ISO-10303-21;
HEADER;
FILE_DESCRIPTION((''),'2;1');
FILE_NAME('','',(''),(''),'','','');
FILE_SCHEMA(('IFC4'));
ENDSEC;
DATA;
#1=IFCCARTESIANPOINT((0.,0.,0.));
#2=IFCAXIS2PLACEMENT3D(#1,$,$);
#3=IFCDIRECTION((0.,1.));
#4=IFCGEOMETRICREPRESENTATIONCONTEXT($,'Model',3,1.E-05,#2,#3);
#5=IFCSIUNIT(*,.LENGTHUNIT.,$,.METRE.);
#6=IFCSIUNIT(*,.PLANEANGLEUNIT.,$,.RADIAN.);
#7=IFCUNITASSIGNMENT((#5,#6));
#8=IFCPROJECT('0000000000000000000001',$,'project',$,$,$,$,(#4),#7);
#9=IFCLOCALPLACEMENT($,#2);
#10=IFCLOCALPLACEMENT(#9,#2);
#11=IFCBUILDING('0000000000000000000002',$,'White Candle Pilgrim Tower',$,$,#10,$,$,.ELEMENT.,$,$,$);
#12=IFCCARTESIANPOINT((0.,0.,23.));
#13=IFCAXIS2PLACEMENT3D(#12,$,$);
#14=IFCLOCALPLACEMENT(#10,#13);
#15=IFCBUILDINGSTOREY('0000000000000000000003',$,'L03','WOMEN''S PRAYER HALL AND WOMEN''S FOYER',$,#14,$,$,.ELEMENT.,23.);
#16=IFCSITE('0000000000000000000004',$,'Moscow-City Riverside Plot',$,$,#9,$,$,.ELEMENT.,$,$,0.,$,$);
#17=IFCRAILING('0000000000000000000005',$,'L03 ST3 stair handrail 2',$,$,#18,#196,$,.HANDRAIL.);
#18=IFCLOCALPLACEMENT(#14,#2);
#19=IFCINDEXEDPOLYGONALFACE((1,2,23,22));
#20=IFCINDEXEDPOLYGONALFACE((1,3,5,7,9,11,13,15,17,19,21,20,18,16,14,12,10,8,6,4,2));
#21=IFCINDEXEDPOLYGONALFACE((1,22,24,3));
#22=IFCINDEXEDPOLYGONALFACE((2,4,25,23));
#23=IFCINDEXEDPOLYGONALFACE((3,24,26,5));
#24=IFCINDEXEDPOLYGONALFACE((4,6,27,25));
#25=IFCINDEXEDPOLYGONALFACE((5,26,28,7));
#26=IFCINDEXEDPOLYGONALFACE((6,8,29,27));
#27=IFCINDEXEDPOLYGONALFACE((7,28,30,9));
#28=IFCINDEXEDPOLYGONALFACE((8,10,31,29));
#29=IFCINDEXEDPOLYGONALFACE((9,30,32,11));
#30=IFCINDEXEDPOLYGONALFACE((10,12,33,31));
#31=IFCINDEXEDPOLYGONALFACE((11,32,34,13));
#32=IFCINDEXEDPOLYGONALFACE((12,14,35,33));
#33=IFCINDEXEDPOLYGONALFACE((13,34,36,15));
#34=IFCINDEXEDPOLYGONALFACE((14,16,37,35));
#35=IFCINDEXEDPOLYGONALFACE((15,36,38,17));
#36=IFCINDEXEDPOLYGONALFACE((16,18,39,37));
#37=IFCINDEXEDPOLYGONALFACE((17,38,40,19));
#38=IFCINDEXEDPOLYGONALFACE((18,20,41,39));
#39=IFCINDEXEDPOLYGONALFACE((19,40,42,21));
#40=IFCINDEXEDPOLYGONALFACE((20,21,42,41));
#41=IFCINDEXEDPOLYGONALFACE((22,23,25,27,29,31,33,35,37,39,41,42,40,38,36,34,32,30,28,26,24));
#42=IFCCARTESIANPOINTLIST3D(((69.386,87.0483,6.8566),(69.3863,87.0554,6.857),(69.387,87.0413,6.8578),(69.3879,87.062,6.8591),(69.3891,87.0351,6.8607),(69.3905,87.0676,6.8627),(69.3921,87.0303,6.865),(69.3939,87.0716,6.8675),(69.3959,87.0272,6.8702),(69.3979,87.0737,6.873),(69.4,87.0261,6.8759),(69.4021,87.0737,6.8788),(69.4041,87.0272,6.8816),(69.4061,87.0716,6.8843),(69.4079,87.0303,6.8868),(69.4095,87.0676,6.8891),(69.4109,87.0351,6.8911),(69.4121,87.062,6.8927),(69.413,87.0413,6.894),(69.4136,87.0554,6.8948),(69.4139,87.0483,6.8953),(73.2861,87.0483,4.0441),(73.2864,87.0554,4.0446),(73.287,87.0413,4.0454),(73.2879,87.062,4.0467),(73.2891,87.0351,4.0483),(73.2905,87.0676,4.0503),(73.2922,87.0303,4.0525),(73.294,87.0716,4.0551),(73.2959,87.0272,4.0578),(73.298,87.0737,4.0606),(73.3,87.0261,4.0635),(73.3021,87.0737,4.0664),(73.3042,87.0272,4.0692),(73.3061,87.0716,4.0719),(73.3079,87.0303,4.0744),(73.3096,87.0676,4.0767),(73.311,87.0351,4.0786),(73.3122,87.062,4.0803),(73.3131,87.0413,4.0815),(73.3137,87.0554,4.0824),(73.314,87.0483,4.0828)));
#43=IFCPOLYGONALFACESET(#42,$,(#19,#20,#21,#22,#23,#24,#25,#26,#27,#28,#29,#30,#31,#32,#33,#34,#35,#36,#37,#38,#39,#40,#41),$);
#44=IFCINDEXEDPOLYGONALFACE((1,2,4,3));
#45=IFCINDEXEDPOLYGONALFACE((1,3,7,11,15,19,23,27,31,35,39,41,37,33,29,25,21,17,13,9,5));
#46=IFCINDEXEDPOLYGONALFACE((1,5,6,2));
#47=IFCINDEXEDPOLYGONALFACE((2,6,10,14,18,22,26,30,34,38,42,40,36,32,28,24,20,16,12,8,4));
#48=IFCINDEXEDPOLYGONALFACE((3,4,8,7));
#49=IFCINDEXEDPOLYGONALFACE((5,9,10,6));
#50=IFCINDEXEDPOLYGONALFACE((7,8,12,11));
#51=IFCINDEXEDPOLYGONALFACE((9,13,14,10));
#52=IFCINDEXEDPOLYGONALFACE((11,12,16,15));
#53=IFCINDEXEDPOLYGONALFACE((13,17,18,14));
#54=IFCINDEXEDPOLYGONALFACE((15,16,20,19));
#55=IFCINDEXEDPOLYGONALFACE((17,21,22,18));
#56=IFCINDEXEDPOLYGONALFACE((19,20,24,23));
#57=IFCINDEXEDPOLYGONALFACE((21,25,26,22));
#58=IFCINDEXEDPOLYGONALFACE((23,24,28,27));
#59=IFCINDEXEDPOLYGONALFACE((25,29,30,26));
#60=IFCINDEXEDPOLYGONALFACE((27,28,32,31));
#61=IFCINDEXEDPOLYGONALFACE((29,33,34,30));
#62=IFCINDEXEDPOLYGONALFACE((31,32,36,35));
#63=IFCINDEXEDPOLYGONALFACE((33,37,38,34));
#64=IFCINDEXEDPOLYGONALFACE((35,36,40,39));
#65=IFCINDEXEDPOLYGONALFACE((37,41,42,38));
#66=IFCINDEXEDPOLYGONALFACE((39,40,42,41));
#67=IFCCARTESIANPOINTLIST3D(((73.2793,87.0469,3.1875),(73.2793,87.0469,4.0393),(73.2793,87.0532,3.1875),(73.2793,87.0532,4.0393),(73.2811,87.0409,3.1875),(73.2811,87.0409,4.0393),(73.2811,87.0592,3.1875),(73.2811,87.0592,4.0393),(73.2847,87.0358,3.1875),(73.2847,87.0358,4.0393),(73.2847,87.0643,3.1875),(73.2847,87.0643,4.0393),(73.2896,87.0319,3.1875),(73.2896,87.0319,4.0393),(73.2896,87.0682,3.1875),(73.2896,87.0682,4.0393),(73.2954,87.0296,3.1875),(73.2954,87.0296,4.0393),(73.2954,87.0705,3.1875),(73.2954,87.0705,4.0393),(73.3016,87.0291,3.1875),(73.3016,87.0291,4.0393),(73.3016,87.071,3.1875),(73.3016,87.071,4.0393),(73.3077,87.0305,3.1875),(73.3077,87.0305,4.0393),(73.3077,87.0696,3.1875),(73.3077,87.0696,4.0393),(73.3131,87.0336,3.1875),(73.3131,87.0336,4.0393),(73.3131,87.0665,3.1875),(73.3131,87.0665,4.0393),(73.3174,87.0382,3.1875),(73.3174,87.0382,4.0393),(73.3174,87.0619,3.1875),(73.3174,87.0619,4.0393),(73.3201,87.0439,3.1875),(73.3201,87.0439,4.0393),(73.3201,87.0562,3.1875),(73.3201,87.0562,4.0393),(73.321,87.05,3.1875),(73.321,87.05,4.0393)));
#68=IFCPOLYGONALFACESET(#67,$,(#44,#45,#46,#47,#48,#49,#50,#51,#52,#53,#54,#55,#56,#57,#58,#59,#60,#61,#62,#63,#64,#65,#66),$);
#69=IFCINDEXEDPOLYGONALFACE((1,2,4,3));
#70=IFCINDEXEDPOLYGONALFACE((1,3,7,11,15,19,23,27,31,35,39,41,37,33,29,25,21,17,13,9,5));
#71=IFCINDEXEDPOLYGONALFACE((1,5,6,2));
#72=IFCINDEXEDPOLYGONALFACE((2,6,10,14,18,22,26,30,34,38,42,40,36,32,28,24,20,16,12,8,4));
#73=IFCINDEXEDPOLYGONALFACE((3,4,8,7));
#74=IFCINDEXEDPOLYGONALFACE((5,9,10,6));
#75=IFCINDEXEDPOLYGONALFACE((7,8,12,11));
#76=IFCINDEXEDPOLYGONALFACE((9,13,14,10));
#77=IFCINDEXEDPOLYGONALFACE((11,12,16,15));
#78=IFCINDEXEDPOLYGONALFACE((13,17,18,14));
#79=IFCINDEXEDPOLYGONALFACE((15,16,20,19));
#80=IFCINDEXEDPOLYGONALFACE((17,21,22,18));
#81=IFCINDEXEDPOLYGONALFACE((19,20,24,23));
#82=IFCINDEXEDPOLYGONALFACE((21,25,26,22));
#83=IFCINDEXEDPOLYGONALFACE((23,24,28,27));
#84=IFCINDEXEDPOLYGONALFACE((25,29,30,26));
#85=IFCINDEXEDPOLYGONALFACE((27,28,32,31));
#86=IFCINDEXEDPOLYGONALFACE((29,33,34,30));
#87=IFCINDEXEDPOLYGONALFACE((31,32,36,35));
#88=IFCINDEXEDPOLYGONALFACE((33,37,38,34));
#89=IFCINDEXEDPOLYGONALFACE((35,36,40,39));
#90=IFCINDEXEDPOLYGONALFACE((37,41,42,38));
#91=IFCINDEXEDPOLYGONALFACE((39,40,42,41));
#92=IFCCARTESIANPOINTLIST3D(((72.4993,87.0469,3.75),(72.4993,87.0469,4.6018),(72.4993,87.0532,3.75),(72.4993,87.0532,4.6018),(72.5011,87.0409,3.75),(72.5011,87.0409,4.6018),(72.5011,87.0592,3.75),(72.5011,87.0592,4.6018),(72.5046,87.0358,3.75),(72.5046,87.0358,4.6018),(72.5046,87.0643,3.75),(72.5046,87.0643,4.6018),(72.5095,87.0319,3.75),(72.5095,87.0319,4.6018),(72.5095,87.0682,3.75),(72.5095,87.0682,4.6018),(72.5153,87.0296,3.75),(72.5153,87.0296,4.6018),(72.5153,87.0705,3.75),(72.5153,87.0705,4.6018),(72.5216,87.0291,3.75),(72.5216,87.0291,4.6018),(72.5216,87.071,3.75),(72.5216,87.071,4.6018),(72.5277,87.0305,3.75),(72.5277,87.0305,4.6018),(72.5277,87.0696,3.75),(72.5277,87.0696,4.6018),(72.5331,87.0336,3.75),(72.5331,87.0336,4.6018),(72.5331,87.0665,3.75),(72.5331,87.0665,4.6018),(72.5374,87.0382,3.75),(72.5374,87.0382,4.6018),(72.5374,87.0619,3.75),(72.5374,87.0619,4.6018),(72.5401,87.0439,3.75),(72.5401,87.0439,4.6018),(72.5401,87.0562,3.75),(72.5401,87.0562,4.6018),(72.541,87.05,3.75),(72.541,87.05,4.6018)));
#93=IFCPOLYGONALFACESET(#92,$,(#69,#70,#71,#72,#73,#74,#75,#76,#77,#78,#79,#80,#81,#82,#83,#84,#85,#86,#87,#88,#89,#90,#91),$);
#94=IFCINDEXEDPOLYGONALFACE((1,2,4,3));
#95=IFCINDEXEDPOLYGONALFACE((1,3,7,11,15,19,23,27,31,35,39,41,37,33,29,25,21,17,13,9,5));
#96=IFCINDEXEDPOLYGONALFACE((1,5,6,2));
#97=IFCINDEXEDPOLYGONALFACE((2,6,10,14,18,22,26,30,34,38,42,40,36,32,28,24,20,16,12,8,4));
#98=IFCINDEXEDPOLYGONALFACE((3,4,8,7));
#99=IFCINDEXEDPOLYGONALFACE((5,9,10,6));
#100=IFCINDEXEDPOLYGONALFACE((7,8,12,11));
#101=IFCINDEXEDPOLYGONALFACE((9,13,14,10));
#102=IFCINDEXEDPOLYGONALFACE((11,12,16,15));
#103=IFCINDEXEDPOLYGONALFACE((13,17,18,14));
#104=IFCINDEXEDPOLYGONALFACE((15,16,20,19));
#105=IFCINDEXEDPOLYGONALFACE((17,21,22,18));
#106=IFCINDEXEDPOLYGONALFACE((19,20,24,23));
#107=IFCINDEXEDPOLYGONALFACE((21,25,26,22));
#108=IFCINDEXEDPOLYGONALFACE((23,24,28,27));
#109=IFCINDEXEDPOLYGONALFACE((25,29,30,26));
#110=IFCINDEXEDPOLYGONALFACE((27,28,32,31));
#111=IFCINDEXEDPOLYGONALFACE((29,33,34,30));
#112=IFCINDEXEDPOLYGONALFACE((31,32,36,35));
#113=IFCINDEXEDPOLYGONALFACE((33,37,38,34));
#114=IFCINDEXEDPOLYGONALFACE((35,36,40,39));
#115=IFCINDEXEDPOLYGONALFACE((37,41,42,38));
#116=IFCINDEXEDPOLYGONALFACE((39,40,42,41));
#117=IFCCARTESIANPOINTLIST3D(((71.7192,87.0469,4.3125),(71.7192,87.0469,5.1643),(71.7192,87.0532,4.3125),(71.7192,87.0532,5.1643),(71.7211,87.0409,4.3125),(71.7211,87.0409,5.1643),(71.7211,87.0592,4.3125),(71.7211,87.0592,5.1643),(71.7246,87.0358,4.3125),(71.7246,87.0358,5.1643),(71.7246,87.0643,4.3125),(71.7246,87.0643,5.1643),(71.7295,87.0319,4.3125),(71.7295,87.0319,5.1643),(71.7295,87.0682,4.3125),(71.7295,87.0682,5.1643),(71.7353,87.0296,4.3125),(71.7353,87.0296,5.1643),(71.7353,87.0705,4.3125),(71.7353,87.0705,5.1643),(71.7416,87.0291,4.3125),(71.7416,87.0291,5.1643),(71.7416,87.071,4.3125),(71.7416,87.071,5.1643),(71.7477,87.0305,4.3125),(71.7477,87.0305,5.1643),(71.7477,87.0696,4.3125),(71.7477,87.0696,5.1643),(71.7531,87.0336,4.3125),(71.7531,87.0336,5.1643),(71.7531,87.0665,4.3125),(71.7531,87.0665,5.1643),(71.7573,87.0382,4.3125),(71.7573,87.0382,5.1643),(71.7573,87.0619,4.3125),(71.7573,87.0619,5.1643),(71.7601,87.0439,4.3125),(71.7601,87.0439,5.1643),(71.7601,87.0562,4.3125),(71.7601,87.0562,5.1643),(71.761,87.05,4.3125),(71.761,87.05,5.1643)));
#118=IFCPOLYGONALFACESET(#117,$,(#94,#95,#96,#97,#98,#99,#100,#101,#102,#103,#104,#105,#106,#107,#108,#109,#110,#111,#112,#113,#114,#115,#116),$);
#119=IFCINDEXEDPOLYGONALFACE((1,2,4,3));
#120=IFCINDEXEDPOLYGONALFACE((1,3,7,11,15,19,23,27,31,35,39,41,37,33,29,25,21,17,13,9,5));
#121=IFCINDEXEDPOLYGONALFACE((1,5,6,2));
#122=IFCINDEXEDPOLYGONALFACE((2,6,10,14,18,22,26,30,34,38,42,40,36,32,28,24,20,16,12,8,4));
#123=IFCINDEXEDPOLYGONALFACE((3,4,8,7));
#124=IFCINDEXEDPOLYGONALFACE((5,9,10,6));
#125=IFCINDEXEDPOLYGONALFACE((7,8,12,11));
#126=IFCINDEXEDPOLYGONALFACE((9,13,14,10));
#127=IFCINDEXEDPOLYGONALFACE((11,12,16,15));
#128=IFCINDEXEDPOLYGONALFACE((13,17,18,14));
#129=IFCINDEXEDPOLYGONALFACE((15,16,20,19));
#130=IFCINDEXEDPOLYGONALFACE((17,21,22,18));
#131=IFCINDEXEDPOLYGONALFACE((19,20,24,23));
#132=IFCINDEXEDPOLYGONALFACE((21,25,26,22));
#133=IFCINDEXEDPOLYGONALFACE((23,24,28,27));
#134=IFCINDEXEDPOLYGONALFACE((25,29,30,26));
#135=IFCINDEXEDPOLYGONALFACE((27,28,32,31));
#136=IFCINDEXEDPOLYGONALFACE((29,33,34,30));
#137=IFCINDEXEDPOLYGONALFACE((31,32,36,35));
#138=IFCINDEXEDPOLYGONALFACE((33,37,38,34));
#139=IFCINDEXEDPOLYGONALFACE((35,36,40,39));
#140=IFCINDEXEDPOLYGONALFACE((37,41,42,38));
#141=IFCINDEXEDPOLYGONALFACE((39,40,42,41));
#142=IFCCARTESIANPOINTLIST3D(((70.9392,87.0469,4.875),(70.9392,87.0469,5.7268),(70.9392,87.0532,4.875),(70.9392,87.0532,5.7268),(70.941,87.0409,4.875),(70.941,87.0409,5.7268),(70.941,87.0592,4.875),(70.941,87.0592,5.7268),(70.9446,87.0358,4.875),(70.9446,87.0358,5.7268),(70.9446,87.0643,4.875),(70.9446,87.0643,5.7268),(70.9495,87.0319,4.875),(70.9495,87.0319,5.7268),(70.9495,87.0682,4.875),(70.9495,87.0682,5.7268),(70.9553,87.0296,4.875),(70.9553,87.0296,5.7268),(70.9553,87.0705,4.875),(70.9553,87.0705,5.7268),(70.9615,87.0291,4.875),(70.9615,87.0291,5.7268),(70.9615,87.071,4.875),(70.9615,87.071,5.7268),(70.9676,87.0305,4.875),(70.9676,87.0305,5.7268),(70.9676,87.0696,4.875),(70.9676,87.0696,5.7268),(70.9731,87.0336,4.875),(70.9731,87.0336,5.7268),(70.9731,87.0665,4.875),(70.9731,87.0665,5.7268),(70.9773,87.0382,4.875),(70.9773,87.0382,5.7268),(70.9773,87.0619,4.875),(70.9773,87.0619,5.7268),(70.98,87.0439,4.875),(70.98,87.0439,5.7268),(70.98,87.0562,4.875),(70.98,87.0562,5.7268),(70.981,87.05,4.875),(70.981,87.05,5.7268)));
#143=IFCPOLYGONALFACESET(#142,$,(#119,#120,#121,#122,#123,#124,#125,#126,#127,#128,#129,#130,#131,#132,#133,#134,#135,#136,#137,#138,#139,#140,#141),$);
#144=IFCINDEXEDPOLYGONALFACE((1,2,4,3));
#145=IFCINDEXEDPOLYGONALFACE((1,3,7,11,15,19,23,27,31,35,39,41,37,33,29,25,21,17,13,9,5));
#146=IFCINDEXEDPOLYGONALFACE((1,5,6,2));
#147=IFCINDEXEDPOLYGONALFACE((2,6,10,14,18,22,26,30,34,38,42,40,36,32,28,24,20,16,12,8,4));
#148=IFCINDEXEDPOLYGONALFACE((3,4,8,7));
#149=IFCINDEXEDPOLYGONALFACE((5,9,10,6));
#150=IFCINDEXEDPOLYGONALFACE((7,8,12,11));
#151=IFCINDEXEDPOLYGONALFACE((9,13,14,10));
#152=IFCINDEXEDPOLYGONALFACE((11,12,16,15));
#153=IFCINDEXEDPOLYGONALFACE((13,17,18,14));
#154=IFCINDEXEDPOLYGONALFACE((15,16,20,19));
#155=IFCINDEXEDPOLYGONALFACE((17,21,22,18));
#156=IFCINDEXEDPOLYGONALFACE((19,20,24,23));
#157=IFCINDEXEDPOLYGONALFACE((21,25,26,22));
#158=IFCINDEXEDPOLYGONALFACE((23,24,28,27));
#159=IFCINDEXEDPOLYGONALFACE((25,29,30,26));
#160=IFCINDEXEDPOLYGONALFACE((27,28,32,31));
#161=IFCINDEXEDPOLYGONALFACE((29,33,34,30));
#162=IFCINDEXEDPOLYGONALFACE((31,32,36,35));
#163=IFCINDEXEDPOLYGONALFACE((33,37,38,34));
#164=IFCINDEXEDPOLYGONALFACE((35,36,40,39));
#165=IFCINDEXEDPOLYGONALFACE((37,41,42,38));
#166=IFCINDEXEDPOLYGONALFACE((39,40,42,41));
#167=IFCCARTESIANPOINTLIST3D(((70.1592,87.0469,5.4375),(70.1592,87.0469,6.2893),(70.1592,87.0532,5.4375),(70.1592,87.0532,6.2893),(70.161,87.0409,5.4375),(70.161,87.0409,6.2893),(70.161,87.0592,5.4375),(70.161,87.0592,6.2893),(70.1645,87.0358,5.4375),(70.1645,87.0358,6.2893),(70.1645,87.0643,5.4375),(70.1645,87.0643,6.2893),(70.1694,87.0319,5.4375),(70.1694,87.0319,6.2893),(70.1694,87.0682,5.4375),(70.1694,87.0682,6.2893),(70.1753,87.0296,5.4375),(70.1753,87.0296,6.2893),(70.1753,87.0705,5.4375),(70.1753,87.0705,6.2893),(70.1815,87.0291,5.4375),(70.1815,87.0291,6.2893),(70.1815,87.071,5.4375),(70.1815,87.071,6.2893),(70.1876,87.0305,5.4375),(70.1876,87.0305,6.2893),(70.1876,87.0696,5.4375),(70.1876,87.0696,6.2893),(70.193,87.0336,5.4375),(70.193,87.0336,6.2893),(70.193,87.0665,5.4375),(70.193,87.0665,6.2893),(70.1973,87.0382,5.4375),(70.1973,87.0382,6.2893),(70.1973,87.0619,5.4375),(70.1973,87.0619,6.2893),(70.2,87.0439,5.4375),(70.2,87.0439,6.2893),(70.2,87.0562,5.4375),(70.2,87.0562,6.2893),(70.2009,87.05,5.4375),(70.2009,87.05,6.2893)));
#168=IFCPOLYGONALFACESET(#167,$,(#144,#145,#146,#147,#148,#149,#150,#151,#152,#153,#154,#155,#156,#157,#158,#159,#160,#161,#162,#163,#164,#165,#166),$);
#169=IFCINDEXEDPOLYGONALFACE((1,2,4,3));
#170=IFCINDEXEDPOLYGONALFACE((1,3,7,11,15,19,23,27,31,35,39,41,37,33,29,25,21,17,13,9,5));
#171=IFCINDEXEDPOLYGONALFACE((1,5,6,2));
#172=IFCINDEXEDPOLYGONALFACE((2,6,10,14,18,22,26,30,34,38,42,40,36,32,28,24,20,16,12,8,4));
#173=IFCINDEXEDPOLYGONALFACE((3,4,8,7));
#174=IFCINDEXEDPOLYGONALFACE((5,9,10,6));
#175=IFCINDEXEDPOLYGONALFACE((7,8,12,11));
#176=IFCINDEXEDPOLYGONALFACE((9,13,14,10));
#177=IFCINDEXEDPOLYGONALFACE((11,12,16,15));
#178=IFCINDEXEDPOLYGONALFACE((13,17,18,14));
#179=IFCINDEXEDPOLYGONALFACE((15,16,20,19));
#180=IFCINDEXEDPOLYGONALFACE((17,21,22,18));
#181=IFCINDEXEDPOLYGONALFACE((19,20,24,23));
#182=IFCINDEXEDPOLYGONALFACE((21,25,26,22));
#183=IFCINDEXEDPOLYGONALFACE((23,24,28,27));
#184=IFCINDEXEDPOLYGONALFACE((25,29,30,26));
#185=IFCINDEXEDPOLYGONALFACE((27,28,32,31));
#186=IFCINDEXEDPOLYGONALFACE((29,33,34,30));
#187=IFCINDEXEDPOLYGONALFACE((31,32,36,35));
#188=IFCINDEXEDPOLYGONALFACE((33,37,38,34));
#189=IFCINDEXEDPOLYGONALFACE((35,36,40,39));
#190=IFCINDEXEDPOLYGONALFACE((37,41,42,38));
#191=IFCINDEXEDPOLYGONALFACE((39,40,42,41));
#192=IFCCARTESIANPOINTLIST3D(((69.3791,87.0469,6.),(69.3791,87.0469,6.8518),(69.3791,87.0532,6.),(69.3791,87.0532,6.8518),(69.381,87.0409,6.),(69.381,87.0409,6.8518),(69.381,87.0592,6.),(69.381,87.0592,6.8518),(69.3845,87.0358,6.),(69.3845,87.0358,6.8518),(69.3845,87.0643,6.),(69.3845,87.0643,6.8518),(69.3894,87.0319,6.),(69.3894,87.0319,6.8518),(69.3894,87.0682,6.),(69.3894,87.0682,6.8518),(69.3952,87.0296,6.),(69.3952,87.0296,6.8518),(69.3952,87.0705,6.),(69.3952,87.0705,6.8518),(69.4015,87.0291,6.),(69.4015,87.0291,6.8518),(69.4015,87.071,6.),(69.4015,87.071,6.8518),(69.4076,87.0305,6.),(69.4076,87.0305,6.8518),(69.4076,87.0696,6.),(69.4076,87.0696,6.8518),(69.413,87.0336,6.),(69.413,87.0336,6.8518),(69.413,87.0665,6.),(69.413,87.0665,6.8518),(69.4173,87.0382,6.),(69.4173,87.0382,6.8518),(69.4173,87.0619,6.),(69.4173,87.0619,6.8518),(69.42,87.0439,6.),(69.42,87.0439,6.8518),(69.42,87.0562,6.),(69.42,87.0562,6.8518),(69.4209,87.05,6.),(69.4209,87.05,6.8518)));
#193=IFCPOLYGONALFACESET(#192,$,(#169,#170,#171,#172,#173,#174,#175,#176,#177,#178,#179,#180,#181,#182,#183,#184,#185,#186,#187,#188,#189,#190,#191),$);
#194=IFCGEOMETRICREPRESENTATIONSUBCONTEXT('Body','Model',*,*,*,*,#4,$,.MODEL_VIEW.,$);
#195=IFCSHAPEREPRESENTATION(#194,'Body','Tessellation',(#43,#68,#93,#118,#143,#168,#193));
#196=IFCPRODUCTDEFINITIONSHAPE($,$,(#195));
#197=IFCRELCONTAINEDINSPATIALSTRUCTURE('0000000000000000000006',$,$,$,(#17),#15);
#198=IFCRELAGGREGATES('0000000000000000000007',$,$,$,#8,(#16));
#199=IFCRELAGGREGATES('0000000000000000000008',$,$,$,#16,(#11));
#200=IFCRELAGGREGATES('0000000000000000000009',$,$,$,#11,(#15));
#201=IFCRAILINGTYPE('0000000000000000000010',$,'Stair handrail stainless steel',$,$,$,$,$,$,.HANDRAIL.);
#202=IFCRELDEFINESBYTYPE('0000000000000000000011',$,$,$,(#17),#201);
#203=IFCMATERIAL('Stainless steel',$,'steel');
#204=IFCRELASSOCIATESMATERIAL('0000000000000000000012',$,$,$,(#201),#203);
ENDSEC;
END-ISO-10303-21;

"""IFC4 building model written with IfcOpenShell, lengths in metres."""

from ifc_helpers import new_model, si_unit, direction, frame, origin, origin_2d, place, context, subcontext, project, spatial, circle, extrude, material, type_object, element, save


model = new_model("IFC4")

# Units and contexts
model_context = context("Model", 3, precision=1e-05, world=origin(), true_north=direction((0.0, 1.0)))
body_context = subcontext(model_context, "Body", "Model", "MODEL_VIEW")
ifc_project = project(units=[si_unit("LENGTHUNIT", "METRE"), si_unit("PLANEANGLEUNIT", "RADIAN")], contexts=[model_context])

# Site, building, storey
site_placement = place(None, origin())
site = spatial("IfcSite", under=ifc_project, at=site_placement, Name="Moscow-City Riverside Plot", CompositionType="ELEMENT", RefElevation=0.0)
building_placement = place(site_placement, origin())
building = spatial("IfcBuilding", under=site, at=building_placement, Name="White Candle Pilgrim Tower", CompositionType="ELEMENT")
storey_placement = place(building_placement, frame((0.0, 0.0, 23.0)))
storey = spatial("IfcBuildingStorey", under=building, at=storey_placement, Name="L03", Description="WOMEN'S PRAYER HALL AND WOMEN'S FOYER", CompositionType="ELEMENT", Elevation=23.0)

# Railing
ifc_material_1 = material(Name="Stainless steel", Category="steel")
railing_type_1 = type_object("IfcRailingType", Name="Stair handrail stainless steel", PredefinedType="HANDRAIL", material=ifc_material_1)
railing_1_placement = place(storey_placement, frame((73.3, 87.05, 3.1875)))
element("IfcRailing", 1, at=railing_1_placement, inside=storey, type_object=railing_type_1, Name="L03 ST3 stair handrail 2", PredefinedType="HANDRAIL", context=body_context, shape_type="SweptSolid", body=[
    extrude(circle(Radius=0.0239, at=origin_2d()), frame((0.0, 0.0, 0.876), z_axis=(-0.811101, 0.0, 0.584906), x_axis=(0.0, -1.0, 0.0)), (0.0, 0.0, 1.0), 4.8083),
    extrude(circle(Radius=0.021, at=origin_2d()), origin(), (0.0, 0.0, 1.0), 0.8518),
    extrude(circle(Radius=0.021, at=origin_2d()), frame((-0.78, 0.0, 0.5625)), (0.0, 0.0, 1.0), 0.8518),
    extrude(circle(Radius=0.021, at=origin_2d()), frame((-1.5601, 0.0, 1.125)), (0.0, 0.0, 1.0), 0.8518),
    extrude(circle(Radius=0.021, at=origin_2d()), frame((-2.3401, 0.0, 1.6875)), (0.0, 0.0, 1.0), 0.8518),
    extrude(circle(Radius=0.021, at=origin_2d()), frame((-3.1201, 0.0, 2.25)), (0.0, 0.0, 1.0), 0.8518),
    extrude(circle(Radius=0.021, at=origin_2d()), frame((-3.9001, 0.0, 2.8125)), (0.0, 0.0, 1.0), 0.8518),
])

save(model, "model.ifc")
